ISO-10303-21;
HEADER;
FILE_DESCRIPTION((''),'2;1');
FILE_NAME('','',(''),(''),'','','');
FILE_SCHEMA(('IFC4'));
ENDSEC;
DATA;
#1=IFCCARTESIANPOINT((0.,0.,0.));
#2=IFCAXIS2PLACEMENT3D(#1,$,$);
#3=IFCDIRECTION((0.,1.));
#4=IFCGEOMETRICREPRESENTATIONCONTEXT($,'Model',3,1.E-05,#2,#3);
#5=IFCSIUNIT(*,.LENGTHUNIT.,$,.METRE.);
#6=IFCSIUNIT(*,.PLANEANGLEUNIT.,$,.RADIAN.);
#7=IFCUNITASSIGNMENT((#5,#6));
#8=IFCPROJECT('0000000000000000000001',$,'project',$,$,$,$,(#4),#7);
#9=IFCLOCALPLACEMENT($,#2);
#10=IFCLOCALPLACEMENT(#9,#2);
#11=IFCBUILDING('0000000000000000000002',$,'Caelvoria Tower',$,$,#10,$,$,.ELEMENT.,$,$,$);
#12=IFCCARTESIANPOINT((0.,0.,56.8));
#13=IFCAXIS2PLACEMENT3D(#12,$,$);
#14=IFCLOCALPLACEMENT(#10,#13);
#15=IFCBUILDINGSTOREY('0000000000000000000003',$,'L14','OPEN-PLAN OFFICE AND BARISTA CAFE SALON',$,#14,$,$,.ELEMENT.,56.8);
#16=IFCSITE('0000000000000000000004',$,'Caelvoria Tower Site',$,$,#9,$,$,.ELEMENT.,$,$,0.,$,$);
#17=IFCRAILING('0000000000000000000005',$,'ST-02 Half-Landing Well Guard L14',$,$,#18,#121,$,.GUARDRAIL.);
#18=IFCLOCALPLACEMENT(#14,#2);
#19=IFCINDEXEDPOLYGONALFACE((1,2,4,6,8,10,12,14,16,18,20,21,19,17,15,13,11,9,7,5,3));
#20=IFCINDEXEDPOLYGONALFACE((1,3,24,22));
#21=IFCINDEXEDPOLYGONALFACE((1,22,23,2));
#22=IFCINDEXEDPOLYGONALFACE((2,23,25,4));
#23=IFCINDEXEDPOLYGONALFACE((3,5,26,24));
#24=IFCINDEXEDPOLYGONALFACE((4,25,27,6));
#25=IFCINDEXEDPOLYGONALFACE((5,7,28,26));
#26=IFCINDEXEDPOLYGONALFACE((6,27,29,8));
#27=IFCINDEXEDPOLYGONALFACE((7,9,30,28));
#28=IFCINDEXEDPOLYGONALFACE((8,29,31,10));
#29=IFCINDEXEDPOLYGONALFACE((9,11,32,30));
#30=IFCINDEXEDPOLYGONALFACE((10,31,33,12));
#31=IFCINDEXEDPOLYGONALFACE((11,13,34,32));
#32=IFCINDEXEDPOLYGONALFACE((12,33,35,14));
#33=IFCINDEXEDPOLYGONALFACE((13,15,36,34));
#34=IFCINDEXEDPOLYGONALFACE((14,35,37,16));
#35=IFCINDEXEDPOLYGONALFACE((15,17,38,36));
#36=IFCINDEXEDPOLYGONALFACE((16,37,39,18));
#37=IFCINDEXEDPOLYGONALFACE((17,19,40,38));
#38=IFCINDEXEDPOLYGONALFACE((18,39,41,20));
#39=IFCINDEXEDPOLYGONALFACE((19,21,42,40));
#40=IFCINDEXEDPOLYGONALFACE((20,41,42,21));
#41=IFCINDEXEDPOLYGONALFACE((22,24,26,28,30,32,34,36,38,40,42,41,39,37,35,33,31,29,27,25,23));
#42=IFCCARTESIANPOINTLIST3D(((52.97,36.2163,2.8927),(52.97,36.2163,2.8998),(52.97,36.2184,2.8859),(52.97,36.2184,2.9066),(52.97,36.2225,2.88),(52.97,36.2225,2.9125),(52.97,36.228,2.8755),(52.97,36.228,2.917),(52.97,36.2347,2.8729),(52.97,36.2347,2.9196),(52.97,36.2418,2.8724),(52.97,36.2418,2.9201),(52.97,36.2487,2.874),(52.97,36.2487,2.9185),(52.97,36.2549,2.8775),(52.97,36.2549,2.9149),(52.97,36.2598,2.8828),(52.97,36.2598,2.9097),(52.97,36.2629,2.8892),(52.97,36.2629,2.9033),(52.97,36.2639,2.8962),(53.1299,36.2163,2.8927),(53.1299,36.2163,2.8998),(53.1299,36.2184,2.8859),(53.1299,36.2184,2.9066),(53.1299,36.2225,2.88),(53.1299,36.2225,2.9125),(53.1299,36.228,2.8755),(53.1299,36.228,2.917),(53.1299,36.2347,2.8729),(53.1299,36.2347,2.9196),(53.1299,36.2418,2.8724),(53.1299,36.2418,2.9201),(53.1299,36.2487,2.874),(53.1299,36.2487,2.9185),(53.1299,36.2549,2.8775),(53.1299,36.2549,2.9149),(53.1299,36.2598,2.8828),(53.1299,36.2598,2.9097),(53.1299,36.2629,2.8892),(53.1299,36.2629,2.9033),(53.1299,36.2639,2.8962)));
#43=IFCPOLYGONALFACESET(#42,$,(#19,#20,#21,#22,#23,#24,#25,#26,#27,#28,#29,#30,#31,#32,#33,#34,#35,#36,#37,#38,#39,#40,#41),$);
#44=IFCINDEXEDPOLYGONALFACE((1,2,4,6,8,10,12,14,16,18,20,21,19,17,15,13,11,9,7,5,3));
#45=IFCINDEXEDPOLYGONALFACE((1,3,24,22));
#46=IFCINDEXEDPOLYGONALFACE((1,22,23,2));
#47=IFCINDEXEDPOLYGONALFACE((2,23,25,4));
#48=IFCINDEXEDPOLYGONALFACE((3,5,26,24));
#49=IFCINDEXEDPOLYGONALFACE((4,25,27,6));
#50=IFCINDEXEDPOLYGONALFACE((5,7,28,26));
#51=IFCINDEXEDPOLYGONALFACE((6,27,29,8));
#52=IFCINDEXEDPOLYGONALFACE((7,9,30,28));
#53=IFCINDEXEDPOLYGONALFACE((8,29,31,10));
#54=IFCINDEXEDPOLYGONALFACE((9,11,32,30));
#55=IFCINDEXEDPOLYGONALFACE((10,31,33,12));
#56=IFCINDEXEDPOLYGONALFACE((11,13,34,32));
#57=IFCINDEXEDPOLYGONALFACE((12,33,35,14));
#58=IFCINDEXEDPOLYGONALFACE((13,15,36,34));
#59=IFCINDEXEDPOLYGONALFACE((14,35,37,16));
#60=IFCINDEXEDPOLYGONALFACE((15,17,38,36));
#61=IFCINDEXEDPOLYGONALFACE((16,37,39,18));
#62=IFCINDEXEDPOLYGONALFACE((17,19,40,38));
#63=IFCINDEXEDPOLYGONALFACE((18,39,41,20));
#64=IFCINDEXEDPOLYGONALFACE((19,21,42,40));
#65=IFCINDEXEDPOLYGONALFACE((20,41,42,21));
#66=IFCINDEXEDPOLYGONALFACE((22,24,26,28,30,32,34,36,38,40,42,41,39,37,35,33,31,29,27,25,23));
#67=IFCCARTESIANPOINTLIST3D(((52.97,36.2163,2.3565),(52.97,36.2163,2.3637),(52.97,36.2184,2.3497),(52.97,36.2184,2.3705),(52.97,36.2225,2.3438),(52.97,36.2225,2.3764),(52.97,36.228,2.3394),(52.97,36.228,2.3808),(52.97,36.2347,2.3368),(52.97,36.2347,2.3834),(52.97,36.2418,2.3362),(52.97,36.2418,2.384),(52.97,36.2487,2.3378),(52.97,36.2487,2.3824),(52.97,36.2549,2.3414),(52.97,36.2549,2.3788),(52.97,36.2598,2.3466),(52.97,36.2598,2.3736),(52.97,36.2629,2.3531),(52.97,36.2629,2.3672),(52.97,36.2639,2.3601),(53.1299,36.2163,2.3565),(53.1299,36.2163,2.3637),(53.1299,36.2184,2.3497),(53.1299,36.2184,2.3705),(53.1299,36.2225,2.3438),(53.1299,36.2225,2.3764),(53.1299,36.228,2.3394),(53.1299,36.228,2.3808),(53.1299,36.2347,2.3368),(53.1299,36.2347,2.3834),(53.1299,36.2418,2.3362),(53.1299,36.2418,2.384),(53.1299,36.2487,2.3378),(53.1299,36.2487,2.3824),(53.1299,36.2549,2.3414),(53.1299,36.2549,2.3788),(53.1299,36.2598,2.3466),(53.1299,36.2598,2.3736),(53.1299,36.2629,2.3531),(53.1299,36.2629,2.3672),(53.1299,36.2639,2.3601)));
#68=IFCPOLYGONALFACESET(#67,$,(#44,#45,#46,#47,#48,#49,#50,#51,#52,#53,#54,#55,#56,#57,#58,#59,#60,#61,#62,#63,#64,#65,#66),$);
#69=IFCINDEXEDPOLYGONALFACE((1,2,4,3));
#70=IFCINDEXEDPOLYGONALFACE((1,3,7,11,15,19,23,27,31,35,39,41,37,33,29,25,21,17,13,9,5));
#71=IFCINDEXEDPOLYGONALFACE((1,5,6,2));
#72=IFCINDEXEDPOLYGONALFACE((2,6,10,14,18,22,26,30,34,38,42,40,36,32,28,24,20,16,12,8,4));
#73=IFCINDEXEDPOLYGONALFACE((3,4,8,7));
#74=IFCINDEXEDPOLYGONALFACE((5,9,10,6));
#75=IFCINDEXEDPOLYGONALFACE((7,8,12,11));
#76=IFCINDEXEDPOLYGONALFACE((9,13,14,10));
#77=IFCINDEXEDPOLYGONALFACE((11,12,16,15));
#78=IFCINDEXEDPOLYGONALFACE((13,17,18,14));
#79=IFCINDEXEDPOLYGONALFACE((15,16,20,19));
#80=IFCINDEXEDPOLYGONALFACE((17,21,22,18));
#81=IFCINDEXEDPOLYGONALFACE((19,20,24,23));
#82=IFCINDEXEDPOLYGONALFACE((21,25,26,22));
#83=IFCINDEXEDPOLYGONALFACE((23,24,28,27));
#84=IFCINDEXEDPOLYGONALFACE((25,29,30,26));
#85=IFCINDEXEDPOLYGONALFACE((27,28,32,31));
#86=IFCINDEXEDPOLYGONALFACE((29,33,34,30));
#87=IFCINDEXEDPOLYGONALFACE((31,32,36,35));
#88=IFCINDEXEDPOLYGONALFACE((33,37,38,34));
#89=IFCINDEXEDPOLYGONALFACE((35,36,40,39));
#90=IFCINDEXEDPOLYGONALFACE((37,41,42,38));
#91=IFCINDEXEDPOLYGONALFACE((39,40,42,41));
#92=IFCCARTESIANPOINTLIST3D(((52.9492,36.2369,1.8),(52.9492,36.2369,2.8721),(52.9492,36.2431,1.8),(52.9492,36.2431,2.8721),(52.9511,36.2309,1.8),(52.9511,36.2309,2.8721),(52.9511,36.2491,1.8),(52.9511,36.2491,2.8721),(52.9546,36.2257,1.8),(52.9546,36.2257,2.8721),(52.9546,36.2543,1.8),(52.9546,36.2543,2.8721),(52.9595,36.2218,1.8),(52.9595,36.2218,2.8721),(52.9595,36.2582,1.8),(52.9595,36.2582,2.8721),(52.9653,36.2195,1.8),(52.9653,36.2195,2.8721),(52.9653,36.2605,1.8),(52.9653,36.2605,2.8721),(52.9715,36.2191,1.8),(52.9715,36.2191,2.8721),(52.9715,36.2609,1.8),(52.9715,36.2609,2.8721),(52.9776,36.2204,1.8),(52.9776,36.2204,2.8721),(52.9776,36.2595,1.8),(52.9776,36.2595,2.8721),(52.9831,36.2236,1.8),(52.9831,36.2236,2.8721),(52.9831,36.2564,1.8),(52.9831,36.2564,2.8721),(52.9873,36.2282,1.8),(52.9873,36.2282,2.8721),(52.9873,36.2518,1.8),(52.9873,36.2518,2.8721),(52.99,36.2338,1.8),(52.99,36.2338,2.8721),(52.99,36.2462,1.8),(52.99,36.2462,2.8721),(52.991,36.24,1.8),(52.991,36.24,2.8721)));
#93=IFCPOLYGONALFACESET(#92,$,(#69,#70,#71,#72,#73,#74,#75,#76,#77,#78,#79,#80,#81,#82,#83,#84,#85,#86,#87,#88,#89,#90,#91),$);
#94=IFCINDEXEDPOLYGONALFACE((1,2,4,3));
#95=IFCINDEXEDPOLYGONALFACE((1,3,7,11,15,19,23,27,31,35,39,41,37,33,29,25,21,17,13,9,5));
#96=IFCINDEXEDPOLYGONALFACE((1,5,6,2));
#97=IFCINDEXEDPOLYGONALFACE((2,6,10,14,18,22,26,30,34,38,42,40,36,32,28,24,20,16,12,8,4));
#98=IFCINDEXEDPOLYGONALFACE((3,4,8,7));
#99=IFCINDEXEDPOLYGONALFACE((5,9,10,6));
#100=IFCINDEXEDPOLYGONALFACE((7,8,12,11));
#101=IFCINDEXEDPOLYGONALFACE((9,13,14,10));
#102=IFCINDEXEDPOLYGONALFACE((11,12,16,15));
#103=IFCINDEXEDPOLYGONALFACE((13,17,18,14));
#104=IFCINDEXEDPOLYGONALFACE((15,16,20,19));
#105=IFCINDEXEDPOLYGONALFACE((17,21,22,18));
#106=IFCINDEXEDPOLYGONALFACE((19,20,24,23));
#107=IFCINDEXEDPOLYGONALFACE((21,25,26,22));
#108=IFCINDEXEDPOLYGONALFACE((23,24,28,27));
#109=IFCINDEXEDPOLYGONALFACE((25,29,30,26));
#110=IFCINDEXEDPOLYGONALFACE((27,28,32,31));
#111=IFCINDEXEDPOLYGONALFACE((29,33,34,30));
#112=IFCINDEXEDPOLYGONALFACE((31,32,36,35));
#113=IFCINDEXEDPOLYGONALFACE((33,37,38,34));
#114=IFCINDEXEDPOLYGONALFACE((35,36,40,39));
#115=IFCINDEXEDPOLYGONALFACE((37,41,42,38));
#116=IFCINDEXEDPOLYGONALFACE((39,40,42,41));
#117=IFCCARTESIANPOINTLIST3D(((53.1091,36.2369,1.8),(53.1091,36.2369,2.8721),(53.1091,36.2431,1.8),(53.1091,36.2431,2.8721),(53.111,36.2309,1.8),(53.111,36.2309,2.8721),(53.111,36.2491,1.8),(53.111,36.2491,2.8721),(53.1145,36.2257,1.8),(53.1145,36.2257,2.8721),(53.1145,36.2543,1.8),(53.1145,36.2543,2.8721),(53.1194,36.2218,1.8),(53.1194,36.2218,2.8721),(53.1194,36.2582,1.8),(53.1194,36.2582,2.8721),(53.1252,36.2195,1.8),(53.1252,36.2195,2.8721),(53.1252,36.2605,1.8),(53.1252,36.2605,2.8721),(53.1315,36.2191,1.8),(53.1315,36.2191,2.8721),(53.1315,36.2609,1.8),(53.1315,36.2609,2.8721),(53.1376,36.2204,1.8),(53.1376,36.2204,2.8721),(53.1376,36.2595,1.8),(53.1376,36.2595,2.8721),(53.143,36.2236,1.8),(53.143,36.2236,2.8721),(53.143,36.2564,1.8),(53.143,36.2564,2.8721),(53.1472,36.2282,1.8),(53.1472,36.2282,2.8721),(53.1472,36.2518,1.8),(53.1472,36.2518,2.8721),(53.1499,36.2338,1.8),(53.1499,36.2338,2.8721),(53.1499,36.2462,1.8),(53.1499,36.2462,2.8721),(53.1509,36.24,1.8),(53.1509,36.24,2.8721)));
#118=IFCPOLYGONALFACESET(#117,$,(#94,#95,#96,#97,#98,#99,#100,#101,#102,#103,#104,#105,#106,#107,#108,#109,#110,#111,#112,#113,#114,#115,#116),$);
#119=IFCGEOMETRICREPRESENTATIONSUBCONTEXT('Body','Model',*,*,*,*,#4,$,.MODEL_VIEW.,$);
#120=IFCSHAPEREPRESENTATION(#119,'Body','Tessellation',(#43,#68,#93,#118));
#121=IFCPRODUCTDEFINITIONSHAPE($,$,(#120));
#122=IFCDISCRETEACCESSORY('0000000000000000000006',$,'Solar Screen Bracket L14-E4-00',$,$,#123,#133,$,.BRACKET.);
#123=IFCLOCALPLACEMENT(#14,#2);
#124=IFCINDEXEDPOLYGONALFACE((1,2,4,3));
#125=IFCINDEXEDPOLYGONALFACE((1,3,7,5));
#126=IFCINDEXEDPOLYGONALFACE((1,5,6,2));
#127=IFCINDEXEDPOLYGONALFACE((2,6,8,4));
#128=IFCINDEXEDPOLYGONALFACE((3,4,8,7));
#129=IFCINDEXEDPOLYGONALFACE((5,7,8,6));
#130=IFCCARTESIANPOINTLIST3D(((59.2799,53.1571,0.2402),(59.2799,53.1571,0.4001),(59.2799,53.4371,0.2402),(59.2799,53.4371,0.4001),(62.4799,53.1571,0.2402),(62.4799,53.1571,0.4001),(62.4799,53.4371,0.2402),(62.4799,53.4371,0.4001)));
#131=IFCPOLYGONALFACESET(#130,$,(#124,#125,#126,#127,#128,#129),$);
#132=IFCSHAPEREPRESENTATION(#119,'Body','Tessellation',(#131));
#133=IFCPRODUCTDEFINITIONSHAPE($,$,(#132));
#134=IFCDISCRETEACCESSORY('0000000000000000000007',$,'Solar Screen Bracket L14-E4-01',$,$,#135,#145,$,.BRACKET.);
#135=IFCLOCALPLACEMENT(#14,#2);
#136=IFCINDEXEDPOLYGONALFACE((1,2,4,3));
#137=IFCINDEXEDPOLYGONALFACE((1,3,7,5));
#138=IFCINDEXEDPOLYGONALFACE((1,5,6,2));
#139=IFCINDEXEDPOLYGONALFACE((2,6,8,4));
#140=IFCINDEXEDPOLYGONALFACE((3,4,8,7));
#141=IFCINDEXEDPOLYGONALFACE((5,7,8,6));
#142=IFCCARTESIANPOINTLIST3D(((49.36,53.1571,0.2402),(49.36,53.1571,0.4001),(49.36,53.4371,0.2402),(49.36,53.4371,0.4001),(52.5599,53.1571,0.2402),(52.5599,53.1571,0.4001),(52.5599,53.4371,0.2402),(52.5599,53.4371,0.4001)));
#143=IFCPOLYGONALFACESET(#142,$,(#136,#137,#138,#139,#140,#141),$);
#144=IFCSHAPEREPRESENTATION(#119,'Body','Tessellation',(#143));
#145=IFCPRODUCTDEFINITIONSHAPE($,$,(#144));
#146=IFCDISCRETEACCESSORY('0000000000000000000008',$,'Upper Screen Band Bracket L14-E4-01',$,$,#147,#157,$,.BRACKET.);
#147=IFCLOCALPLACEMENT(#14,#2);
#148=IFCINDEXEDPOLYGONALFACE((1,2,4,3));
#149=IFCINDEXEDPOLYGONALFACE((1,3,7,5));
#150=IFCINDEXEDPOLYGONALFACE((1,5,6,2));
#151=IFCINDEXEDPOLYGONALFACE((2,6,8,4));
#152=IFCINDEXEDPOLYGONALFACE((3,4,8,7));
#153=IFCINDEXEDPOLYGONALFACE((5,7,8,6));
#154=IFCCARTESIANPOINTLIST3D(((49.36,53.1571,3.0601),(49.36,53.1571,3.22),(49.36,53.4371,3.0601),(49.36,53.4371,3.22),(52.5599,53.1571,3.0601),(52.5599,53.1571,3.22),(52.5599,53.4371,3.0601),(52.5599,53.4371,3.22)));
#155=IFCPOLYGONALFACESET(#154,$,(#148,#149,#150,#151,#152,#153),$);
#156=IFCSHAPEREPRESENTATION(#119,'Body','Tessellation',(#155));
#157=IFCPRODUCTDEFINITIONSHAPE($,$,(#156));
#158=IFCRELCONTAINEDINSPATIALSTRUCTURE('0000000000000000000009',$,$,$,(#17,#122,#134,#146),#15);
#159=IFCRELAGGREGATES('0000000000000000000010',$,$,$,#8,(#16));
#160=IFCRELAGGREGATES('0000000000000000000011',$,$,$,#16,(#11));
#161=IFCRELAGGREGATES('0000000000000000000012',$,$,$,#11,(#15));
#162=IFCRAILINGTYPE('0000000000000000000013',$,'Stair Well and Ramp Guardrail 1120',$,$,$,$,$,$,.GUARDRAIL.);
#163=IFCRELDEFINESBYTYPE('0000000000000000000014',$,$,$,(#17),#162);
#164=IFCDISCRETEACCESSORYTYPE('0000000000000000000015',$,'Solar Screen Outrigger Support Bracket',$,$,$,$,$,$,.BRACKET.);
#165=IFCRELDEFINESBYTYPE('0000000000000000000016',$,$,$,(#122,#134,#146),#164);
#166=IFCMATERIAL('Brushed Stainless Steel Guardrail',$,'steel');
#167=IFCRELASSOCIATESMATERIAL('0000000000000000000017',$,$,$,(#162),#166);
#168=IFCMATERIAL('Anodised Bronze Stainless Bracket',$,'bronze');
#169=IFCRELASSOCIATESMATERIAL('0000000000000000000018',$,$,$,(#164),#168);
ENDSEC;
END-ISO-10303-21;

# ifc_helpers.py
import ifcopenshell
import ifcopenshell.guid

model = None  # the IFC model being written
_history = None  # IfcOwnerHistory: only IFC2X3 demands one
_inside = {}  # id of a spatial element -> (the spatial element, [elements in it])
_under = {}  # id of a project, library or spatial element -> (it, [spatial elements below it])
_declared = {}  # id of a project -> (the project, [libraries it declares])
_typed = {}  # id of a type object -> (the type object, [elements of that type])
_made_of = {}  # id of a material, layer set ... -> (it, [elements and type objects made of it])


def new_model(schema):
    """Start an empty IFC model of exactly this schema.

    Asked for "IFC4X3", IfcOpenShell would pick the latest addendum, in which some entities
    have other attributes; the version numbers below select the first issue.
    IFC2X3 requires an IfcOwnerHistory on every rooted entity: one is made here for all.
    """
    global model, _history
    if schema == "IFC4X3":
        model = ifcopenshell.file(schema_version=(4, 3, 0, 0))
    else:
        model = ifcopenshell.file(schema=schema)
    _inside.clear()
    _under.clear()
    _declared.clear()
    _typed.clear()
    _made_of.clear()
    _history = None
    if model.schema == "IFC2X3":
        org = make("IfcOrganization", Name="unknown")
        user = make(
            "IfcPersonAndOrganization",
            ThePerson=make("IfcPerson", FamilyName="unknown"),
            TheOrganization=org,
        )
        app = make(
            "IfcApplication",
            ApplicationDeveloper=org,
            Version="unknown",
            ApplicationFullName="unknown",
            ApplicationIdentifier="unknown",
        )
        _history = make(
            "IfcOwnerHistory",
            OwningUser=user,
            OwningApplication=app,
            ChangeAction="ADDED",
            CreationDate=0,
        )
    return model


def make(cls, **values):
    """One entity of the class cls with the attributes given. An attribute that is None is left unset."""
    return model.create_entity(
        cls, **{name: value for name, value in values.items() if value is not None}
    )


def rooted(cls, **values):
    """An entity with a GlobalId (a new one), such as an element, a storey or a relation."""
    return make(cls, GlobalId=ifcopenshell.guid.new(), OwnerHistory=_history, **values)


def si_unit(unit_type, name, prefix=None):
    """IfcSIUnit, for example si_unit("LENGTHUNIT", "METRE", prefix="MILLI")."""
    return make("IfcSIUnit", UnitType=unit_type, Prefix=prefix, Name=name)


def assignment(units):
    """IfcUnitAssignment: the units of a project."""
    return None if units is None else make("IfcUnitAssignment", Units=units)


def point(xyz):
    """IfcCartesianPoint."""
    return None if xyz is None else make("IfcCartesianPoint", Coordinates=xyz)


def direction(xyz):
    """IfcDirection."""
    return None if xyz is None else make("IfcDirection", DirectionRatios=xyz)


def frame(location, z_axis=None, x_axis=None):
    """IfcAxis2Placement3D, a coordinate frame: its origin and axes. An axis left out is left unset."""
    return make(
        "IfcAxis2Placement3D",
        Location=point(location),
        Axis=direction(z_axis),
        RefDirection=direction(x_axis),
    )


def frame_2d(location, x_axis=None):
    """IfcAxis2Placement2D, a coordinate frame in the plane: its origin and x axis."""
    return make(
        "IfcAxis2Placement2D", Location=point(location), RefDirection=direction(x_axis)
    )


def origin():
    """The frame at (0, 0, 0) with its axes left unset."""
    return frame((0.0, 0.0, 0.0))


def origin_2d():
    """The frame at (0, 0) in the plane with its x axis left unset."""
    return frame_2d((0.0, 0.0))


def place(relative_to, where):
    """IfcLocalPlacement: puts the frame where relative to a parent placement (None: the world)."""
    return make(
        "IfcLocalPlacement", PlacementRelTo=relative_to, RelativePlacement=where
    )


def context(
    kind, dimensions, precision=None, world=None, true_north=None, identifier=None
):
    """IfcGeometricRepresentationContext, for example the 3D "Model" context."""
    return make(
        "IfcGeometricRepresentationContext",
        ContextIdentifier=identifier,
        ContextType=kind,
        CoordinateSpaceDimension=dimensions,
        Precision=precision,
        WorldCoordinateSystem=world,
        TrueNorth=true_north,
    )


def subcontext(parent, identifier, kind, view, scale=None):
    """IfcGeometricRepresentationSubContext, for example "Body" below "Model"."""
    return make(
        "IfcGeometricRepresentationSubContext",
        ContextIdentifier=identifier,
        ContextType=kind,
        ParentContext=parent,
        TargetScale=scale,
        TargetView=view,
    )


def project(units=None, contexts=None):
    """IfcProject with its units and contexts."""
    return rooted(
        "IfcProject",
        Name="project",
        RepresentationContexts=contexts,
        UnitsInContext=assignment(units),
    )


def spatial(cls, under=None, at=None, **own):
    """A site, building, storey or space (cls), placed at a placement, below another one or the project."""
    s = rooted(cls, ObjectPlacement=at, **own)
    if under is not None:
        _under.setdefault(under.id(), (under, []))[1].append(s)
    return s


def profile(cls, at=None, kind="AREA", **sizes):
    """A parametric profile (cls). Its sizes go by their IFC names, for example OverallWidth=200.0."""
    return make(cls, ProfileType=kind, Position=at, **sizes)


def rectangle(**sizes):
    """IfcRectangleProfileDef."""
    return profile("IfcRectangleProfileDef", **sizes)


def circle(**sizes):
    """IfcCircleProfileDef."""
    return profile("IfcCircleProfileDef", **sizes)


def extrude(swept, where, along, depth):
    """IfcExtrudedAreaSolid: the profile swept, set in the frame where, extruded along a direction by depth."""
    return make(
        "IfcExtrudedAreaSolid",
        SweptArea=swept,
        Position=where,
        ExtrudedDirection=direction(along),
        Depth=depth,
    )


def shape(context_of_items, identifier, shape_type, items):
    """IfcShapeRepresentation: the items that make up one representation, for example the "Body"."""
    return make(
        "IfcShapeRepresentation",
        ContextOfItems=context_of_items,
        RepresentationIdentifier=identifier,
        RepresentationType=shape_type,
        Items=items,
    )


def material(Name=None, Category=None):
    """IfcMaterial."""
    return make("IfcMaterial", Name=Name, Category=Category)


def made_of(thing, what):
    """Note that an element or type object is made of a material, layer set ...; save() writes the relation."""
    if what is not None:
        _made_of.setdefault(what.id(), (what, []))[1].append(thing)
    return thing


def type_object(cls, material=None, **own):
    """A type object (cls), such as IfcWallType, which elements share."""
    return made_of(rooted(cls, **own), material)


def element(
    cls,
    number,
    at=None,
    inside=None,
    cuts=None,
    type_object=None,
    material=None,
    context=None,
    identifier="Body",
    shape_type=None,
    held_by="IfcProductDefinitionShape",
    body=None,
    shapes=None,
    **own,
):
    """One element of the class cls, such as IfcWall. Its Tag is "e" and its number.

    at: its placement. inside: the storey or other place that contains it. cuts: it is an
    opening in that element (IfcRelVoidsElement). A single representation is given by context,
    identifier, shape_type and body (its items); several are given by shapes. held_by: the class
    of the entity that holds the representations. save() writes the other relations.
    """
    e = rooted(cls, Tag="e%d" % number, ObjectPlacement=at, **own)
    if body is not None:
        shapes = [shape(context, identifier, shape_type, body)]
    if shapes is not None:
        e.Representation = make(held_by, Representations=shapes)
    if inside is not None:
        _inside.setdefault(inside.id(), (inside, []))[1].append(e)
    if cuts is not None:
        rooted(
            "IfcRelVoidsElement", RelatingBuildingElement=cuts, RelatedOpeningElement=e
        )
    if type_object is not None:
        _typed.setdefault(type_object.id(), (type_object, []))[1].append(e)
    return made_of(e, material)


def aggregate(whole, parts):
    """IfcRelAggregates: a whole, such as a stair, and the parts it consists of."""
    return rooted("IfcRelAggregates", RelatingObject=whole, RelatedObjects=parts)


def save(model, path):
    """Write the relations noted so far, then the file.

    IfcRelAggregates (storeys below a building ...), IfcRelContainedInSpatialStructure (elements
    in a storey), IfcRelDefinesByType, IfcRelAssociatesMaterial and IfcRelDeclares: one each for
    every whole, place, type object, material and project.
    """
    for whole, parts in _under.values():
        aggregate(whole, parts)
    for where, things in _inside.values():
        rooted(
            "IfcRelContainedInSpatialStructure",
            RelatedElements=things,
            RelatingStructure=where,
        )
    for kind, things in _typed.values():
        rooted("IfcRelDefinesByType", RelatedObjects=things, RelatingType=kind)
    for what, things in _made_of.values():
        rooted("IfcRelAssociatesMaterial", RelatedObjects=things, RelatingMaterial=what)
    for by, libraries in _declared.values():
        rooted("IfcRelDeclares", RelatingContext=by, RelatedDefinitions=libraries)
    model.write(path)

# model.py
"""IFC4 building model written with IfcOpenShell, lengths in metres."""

from ifc_helpers import new_model, si_unit, direction, frame, origin, origin_2d, place, context, subcontext, project, spatial, rectangle, circle, extrude, material, type_object, element, save


model = new_model("IFC4")

# Units and contexts
model_context = context("Model", 3, precision=1e-05, world=origin(), true_north=direction((0.0, 1.0)))
body_context = subcontext(model_context, "Body", "Model", "MODEL_VIEW")
ifc_project = project(units=[si_unit("LENGTHUNIT", "METRE"), si_unit("PLANEANGLEUNIT", "RADIAN")], contexts=[model_context])

# Site, building, storey
site_placement = place(None, origin())
site = spatial("IfcSite", under=ifc_project, at=site_placement, Name="Caelvoria Tower Site", CompositionType="ELEMENT", RefElevation=0.0)
building_placement = place(site_placement, origin())
building = spatial("IfcBuilding", under=site, at=building_placement, Name="Caelvoria Tower", CompositionType="ELEMENT")
storey_placement = place(building_placement, frame((0.0, 0.0, 56.8)))
storey = spatial("IfcBuildingStorey", under=building, at=storey_placement, Name="L14", Description="OPEN-PLAN OFFICE AND BARISTA CAFE SALON", CompositionType="ELEMENT", Elevation=56.8)

# Railing
ifc_material_1 = material(Name="Brushed Stainless Steel Guardrail", Category="steel")
railing_type_1 = type_object("IfcRailingType", Name="Stair Well and Ramp Guardrail 1120", PredefinedType="GUARDRAIL", material=ifc_material_1)
railing_1_placement = place(storey_placement, frame((52.97, 36.24, 1.8)))
element("IfcRailing", 1, at=railing_1_placement, inside=storey, type_object=railing_type_1, Name="ST-02 Half-Landing Well Guard L14", PredefinedType="GUARDRAIL", context=body_context, shape_type="SweptSolid", body=[
    extrude(circle(Radius=0.0239, at=origin_2d()), frame((0.0, 0.0, 1.0962), z_axis=(1.0, 0.0, 0.0), x_axis=(0.0, 1.0, 0.0)), (0.0, 0.0, 1.0), 0.1599),
    extrude(circle(Radius=0.0239, at=origin_2d()), frame((0.0, 0.0, 0.5601), z_axis=(1.0, 0.0, 0.0), x_axis=(0.0, 1.0, 0.0)), (0.0, 0.0, 1.0), 0.1599),
    extrude(circle(Radius=0.021, at=origin_2d()), origin(), (0.0, 0.0, 1.0), 1.072),
    extrude(circle(Radius=0.021, at=origin_2d()), frame((0.1599, 0.0, 0.0)), (0.0, 0.0, 1.0), 1.072),
])

# Discrete accessories
ifc_material_2 = material(Name="Anodised Bronze Stainless Bracket", Category="bronze")
discrete_accessory_type = type_object("IfcDiscreteAccessoryType", Name="Solar Screen Outrigger Support Bracket", PredefinedType="BRACKET", material=ifc_material_2)
for number, where, z_axis, x_axis, name in (
    (2, (60.8799, 53.2971, 0.2402), (0.0, 0.0, 1.0), (-1.0, 0.0, 0.0), "Solar Screen Bracket L14-E4-00"),
    (3, (50.96, 53.2971, 0.2402), (0.0, 0.0, 1.0), (-1.0, 0.0, 0.0), "Solar Screen Bracket L14-E4-01"),
    (4, (50.96, 53.2971, 3.0601), (0.0, 0.0, 1.0), (-1.0, 0.0, 0.0), "Upper Screen Band Bracket L14-E4-01"),
):
    element("IfcDiscreteAccessory", number, at=place(storey_placement, frame(where, z_axis=z_axis, x_axis=x_axis)), inside=storey, type_object=discrete_accessory_type, Name=name, PredefinedType="BRACKET", context=body_context, shape_type="SweptSolid", body=[
        extrude(rectangle(XDim=3.2, YDim=0.28, at=origin_2d()), origin(), (0.0, 0.0, 1.0), 0.1599),
    ])

save(model, "model.ifc")
